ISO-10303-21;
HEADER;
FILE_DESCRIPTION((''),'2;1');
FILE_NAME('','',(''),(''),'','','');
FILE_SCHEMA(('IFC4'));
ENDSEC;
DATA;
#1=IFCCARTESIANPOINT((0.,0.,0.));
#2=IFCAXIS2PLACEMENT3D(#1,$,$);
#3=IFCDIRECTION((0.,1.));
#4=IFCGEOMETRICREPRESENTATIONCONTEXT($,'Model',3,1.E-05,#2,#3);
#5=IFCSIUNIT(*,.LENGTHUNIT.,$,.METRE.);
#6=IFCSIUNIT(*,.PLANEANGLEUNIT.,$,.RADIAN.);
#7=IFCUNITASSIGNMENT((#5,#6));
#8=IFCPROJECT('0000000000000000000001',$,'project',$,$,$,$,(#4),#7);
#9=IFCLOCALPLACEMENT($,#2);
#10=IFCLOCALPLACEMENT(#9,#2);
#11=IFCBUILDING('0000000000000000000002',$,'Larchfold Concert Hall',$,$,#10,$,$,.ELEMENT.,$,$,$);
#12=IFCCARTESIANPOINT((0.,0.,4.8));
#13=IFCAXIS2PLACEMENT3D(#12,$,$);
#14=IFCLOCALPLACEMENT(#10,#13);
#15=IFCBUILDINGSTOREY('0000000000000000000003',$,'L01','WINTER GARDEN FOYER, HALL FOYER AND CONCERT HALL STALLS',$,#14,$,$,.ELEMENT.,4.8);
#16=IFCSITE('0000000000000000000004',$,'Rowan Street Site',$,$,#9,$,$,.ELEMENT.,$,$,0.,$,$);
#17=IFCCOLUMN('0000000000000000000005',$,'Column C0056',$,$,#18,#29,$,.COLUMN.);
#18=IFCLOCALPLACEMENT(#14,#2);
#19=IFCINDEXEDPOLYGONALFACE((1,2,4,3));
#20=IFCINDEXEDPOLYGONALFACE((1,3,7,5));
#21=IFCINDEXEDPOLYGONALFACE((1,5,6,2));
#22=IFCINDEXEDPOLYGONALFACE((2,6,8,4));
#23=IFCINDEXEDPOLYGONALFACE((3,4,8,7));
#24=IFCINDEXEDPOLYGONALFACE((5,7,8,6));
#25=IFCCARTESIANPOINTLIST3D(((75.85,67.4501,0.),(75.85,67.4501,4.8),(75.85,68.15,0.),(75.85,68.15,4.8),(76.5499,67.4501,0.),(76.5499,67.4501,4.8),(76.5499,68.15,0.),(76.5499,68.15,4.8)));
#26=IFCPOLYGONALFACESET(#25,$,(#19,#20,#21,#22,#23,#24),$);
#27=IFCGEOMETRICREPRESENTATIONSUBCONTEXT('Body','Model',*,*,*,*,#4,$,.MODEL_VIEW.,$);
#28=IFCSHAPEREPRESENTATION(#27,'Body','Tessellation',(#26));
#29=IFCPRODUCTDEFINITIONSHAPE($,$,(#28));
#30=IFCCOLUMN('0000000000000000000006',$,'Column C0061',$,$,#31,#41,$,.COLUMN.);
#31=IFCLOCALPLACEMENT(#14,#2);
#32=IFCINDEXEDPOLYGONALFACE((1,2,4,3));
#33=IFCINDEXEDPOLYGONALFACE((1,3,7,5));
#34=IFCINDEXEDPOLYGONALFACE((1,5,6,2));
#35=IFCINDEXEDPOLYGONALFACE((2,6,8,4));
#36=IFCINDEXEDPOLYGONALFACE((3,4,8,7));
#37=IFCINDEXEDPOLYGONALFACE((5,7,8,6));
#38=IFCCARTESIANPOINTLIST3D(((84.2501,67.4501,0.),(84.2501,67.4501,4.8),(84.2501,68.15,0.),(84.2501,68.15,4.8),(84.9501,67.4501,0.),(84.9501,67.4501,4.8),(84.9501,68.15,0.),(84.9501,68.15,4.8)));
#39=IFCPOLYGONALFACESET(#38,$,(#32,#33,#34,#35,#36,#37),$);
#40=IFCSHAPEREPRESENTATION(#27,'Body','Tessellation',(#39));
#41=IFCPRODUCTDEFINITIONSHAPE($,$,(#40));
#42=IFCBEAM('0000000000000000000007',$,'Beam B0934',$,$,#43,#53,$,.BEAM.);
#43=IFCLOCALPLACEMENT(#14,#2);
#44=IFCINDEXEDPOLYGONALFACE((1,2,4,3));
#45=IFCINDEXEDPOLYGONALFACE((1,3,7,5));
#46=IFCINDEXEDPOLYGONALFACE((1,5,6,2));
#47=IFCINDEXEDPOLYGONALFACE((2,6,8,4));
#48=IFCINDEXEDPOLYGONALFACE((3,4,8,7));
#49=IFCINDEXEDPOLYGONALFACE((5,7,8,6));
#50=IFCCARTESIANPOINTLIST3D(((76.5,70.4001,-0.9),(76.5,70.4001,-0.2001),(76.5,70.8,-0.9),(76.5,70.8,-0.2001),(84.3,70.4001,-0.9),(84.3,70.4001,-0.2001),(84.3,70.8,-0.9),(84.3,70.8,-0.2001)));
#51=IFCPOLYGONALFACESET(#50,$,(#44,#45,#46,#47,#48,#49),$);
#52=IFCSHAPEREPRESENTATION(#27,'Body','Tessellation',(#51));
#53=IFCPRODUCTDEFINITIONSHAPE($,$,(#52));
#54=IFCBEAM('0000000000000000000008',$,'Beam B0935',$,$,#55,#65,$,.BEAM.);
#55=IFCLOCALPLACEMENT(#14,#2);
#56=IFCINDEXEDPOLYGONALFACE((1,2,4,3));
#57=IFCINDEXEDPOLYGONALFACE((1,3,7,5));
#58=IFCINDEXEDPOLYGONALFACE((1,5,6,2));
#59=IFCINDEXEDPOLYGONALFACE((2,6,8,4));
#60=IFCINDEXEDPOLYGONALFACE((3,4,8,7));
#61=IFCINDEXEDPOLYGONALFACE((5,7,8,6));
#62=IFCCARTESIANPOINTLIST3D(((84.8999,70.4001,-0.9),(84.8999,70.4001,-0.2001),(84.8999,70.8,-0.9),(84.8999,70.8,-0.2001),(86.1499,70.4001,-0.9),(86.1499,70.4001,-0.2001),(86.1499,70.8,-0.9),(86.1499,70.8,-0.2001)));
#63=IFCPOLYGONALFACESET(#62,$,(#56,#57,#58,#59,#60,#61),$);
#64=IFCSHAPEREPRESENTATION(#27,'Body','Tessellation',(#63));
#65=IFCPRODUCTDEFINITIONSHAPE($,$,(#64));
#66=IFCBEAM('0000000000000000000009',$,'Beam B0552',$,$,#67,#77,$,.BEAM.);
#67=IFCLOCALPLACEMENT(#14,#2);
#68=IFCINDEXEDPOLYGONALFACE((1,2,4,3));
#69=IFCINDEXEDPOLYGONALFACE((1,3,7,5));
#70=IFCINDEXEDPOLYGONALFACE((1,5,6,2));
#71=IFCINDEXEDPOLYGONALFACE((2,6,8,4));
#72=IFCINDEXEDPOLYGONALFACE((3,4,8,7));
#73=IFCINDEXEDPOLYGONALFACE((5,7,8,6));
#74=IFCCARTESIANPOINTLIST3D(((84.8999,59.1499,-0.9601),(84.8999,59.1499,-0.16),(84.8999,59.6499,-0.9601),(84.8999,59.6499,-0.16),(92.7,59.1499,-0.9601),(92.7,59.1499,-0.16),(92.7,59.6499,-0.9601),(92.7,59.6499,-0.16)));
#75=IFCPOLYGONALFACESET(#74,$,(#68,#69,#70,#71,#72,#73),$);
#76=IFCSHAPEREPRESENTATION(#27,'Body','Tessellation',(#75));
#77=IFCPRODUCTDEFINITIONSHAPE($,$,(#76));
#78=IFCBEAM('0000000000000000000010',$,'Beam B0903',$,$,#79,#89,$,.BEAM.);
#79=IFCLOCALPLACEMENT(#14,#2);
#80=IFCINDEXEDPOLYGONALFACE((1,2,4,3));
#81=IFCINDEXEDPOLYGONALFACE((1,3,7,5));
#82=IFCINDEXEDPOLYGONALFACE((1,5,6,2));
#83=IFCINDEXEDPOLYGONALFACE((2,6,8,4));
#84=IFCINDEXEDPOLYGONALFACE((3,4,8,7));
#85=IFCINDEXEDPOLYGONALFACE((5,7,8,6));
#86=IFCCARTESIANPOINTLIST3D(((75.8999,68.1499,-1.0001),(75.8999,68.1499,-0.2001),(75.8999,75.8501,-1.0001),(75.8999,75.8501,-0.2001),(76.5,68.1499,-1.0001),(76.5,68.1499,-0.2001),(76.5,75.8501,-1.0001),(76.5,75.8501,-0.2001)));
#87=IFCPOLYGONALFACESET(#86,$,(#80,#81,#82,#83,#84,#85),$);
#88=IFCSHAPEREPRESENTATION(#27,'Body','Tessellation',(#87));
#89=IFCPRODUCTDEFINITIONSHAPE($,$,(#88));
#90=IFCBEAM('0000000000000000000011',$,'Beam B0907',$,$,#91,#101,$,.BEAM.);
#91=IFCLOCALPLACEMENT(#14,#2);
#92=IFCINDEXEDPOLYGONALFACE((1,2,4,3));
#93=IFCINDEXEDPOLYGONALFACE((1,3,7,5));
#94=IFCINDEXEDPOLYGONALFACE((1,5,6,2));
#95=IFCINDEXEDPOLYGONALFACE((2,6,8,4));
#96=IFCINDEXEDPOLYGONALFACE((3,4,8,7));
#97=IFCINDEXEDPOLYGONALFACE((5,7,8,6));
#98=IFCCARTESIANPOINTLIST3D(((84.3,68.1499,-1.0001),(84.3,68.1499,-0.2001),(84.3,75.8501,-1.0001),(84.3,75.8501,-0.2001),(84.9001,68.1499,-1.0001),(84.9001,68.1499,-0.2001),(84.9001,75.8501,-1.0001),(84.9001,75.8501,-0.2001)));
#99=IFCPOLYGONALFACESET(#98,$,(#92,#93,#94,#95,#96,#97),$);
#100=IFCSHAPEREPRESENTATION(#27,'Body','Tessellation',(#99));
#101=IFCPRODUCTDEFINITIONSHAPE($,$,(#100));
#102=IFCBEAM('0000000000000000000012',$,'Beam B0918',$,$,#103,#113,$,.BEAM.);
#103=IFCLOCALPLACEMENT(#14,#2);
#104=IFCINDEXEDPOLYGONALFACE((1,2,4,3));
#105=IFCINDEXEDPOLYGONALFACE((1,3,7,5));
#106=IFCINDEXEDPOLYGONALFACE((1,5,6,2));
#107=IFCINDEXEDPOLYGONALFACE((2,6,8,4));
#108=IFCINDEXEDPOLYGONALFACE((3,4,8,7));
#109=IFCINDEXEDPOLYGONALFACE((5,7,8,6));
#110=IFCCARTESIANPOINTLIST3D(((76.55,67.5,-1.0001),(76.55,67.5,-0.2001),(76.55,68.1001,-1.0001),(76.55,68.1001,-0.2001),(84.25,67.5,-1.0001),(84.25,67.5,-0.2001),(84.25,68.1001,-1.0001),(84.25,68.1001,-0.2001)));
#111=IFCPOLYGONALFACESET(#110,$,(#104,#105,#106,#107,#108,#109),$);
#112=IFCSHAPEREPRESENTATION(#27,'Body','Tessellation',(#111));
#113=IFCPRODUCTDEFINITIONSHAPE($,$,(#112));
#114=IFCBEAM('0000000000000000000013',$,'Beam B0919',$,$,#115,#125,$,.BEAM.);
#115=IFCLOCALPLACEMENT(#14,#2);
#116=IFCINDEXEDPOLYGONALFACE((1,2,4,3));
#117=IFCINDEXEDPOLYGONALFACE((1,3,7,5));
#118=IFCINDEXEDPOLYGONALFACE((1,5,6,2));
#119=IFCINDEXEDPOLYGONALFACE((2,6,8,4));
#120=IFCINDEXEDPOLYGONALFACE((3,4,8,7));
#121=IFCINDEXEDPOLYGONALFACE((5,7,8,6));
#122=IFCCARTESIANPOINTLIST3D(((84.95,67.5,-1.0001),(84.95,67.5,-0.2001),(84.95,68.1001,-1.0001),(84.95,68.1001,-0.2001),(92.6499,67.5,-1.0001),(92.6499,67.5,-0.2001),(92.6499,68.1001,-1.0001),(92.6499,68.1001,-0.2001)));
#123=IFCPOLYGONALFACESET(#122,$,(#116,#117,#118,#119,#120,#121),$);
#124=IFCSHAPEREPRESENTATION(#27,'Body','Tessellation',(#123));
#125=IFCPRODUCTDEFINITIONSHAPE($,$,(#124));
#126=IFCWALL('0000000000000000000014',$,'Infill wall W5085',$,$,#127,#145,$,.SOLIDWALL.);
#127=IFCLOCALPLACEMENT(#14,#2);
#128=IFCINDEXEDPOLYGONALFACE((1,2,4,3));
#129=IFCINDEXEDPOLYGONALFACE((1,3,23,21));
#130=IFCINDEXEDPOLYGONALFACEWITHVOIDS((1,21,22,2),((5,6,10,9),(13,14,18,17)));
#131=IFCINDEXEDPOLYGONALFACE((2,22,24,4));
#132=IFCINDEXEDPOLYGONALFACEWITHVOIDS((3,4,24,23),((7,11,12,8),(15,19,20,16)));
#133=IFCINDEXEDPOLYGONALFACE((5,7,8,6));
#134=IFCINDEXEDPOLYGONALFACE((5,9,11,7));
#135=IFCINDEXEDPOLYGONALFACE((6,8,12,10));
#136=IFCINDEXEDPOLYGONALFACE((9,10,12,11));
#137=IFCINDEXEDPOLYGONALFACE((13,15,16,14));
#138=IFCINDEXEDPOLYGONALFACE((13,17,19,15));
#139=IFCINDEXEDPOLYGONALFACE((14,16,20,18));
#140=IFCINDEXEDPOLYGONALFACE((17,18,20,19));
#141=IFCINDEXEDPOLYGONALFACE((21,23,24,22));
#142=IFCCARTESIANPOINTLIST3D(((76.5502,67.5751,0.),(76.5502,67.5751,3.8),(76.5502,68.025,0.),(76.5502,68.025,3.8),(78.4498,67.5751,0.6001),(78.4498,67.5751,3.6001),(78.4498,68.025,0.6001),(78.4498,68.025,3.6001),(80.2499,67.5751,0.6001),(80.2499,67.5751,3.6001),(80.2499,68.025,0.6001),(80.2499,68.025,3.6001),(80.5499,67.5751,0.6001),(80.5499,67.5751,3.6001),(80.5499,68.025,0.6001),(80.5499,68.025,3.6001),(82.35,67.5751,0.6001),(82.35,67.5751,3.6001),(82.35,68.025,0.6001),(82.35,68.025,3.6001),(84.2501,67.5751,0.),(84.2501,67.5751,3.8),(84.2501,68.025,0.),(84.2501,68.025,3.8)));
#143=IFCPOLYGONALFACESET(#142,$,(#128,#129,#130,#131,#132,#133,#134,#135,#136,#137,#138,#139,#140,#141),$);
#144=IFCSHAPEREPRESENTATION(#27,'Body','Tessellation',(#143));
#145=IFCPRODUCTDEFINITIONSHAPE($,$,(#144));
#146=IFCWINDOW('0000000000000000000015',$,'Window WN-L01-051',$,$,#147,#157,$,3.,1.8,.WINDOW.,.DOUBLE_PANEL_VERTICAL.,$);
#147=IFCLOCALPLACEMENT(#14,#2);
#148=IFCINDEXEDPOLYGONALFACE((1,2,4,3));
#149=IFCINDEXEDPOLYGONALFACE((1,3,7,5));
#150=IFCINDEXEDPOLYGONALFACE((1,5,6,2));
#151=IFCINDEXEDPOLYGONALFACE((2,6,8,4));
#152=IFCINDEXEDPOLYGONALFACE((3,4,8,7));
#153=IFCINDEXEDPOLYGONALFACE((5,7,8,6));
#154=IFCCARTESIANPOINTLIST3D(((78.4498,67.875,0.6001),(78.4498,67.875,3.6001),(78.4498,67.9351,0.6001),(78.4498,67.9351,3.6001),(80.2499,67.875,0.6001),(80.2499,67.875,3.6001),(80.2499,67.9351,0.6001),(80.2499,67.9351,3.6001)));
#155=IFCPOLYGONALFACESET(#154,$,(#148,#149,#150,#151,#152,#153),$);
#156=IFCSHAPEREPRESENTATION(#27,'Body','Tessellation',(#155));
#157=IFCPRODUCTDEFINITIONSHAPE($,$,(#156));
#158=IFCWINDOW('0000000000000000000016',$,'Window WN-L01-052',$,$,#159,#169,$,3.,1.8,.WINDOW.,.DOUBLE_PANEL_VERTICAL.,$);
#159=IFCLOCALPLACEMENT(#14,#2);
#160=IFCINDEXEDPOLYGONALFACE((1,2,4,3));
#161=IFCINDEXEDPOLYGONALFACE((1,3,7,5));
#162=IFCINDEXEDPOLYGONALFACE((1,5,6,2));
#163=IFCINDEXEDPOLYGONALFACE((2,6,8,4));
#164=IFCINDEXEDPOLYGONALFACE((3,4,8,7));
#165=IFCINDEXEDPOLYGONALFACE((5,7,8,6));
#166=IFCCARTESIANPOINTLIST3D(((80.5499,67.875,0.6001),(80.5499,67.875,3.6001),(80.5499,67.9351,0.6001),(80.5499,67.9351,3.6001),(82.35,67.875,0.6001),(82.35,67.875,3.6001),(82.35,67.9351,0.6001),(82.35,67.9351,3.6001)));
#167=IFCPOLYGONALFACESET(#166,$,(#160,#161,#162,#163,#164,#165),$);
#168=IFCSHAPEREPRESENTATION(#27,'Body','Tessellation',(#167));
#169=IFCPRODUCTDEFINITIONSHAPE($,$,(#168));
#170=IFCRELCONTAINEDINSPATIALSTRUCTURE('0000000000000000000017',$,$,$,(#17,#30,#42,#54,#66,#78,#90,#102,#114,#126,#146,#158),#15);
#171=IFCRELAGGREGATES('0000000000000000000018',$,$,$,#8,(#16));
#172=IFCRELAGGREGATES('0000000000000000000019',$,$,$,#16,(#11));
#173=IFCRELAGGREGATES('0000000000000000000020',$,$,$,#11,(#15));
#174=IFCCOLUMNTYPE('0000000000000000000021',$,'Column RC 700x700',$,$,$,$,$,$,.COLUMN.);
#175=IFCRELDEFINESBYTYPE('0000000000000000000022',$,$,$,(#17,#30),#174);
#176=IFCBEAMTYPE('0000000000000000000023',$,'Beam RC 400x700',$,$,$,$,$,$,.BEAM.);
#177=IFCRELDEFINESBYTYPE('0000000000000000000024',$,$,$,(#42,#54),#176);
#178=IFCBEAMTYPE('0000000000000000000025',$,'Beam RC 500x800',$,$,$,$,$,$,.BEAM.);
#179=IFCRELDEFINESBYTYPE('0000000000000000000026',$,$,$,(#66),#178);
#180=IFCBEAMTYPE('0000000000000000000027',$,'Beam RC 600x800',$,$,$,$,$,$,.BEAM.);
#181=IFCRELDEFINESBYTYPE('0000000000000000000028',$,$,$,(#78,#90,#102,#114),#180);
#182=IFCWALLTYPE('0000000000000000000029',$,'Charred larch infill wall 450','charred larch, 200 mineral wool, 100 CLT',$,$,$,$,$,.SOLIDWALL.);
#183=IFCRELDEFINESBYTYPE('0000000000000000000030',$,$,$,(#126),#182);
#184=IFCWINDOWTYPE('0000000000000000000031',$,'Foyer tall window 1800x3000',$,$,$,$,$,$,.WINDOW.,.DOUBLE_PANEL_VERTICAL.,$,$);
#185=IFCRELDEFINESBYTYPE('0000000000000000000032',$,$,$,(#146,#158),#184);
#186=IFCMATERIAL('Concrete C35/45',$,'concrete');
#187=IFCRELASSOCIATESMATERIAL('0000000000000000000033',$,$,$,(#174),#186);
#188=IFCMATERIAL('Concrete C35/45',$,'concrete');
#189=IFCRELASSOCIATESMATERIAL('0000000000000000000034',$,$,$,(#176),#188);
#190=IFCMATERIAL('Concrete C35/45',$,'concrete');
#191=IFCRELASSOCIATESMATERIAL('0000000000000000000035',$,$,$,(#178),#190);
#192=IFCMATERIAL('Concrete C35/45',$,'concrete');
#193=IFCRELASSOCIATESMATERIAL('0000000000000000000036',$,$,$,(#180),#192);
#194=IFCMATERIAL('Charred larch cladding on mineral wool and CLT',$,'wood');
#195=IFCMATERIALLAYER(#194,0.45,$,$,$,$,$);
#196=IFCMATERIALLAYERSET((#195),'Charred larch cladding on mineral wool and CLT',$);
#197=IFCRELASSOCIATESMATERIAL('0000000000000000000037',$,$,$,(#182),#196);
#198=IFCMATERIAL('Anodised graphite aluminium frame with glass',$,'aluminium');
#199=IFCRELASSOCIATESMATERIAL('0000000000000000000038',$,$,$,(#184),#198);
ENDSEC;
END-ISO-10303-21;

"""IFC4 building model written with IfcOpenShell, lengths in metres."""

from ifc_helpers import new_model, si_unit, direction, frame, frame_2d, origin, origin_2d, place, context, subcontext, project, spatial, rectangle, extrude, material, layer, layer_set, material_profile, profile_set, type_object, element, fill, save


model = new_model("IFC4")

# Units and contexts
model_context = context("Model", 3, precision=1e-05, world=origin(), true_north=direction((0.0, 1.0)))
body_context = subcontext(model_context, "Body", "Model", "MODEL_VIEW")
ifc_project = project(units=[si_unit("LENGTHUNIT", "METRE"), si_unit("PLANEANGLEUNIT", "RADIAN")], contexts=[model_context])

# Site, building, storey
site_placement = place(None, origin())
site = spatial("IfcSite", under=ifc_project, at=site_placement, Name="Rowan Street Site", CompositionType="ELEMENT", RefElevation=0.0)
building_placement = place(site_placement, origin())
building = spatial("IfcBuilding", under=site, at=building_placement, Name="Larchfold Concert Hall", CompositionType="ELEMENT")
storey_placement = place(building_placement, frame((0.0, 0.0, 4.8)))
storey = spatial("IfcBuildingStorey", under=building, at=storey_placement, Name="L01", Description="WINTER GARDEN FOYER, HALL FOYER AND CONCERT HALL STALLS", CompositionType="ELEMENT", Elevation=4.8)

# Columns
ifc_material_1 = material(Name="Concrete C35/45", Category="concrete")
ifc_material_profile_1 = material_profile(ifc_material_1, rectangle(XDim=0.7, YDim=0.7, at=origin_2d()))
ifc_profile_set_1 = profile_set([ifc_material_profile_1], Name="Concrete C35/45")
column_type = type_object("IfcColumnType", Name="Column RC 700x700", PredefinedType="COLUMN", material=ifc_profile_set_1)
for number, where, z_axis, x_axis, name in (
    (1, (76.2, 67.8, 0.0), (0.0, 0.0, 1.0), (1.0, 0.0, 0.0), "Column C0056"),
    (2, (84.6001, 67.8, 0.0), (0.0, 0.0, 1.0), (1.0, 0.0, 0.0), "Column C0061"),
):
    element("IfcColumn", number, at=place(storey_placement, frame(where, z_axis=z_axis, x_axis=x_axis)), inside=storey, type_object=column_type, Name=name, PredefinedType="COLUMN", context=body_context, shape_type="SweptSolid", body=[
        extrude(rectangle(XDim=0.7, YDim=0.7, at=origin_2d()), origin(), (0.0, 0.0, 1.0), 4.8),
    ])

# Beams
ifc_material_2 = material(Name="Concrete C35/45", Category="concrete")
ifc_material_profile_2 = material_profile(ifc_material_2, rectangle(XDim=0.3999, YDim=0.7, at=origin_2d()))
ifc_profile_set_2 = profile_set([ifc_material_profile_2], Name="Concrete C35/45")
beam_type_1 = type_object("IfcBeamType", Name="Beam RC 400x700", PredefinedType="BEAM", material=ifc_profile_set_2)
beam_1_placement = place(storey_placement, frame((76.5, 70.6001, -0.55), z_axis=(1.0, 0.0, 0.0), x_axis=(0.0, 1.0, 0.0)))
element("IfcBeam", 3, at=beam_1_placement, inside=storey, type_object=beam_type_1, Name="Beam B0934", PredefinedType="BEAM", context=body_context, shape_type="SweptSolid", body=[
    extrude(rectangle(XDim=0.3999, YDim=0.7, at=origin_2d()), origin(), (0.0, 0.0, 1.0), 7.8),
])
beam_2_placement = place(storey_placement, frame((84.8999, 70.6001, -0.55), z_axis=(1.0, 0.0, 0.0), x_axis=(0.0, 1.0, 0.0)))
element("IfcBeam", 4, at=beam_2_placement, inside=storey, type_object=beam_type_1, Name="Beam B0935", PredefinedType="BEAM", context=body_context, shape_type="SweptSolid", body=[
    extrude(rectangle(XDim=0.3999, YDim=0.7, at=origin_2d()), origin(), (0.0, 0.0, 1.0), 1.25),
])
ifc_material_3 = material(Name="Concrete C35/45", Category="concrete")
ifc_material_profile_3 = material_profile(ifc_material_3, rectangle(XDim=0.5, YDim=0.8, at=origin_2d()))
ifc_profile_set_3 = profile_set([ifc_material_profile_3], Name="Concrete C35/45")
beam_type_2 = type_object("IfcBeamType", Name="Beam RC 500x800", PredefinedType="BEAM", material=ifc_profile_set_3)
beam_3_placement = place(storey_placement, frame((84.8999, 59.3999, -0.5601), z_axis=(1.0, 0.0, 0.0), x_axis=(0.0, 1.0, 0.0)))
element("IfcBeam", 5, at=beam_3_placement, inside=storey, type_object=beam_type_2, Name="Beam B0552", PredefinedType="BEAM", context=body_context, shape_type="SweptSolid", body=[
    extrude(rectangle(XDim=0.5, YDim=0.8, at=origin_2d()), origin(), (0.0, 0.0, 1.0), 7.8),
])
ifc_material_4 = material(Name="Concrete C35/45", Category="concrete")
ifc_material_profile_4 = material_profile(ifc_material_4, rectangle(XDim=0.6001, YDim=0.8, at=origin_2d()))
ifc_profile_set_4 = profile_set([ifc_material_profile_4], Name="Concrete C35/45")
beam_type_3 = type_object("IfcBeamType", Name="Beam RC 600x800", PredefinedType="BEAM", material=ifc_profile_set_4)
for number, where, z_axis, x_axis, name in (
    (6, (76.2, 68.1499, -0.6001), (0.0, 1.0, 0.0), (-1.0, 0.0, 0.0), "Beam B0903"),
    (7, (84.6001, 68.1499, -0.6001), (0.0, 1.0, 0.0), (-1.0, 0.0, 0.0), "Beam B0907"),
):
    element("IfcBeam", number, at=place(storey_placement, frame(where, z_axis=z_axis, x_axis=x_axis)), inside=storey, type_object=beam_type_3, Name=name, PredefinedType="BEAM", context=body_context, shape_type="SweptSolid", body=[
        extrude(rectangle(XDim=0.6001, YDim=0.8, at=origin_2d()), origin(), (0.0, 0.0, 1.0), 7.7002),
    ])
for number, where, z_axis, x_axis, name in (
    (8, (76.55, 67.8, -0.6001), (1.0, 0.0, 0.0), (0.0, 1.0, 0.0), "Beam B0918"),
    (9, (84.95, 67.8, -0.6001), (1.0, 0.0, 0.0), (0.0, 1.0, 0.0), "Beam B0919"),
):
    element("IfcBeam", number, at=place(storey_placement, frame(where, z_axis=z_axis, x_axis=x_axis)), inside=storey, type_object=beam_type_3, Name=name, PredefinedType="BEAM", context=body_context, shape_type="SweptSolid", body=[
        extrude(rectangle(XDim=0.6001, YDim=0.8, at=origin_2d()), origin(), (0.0, 0.0, 1.0), 7.7),
    ])

# Wall, openings, windows
ifc_material_5 = material(Name="Charred larch cladding on mineral wool and CLT", Category="wood")
ifc_layer_1 = layer(ifc_material_5, 0.45)
ifc_layer_set_1 = layer_set([ifc_layer_1], Name="Charred larch cladding on mineral wool and CLT")
wall_type_1 = type_object("IfcWallType", Name="Charred larch infill wall 450", Description="charred larch, 200 mineral wool, 100 CLT", PredefinedType="SOLIDWALL", material=ifc_layer_set_1)
wall_1_placement = place(storey_placement, frame((76.55, 67.8, 0.0), z_axis=(0.0, 0.0, 1.0), x_axis=(1.0, 0.0, 0.0)))
wall_1 = element("IfcWall", 10, at=wall_1_placement, inside=storey, type_object=wall_type_1, Name="Infill wall W5085", PredefinedType="SOLIDWALL", context=body_context, shape_type="SweptSolid", body=[
    extrude(rectangle(XDim=7.7, YDim=0.45, at=frame_2d((3.8501, 0.0))), origin(), (0.0, 0.0, 1.0), 3.8),
])
opening_1_placement = place(wall_1_placement, frame((1.8999, 0.0, 0.6001)))
opening_1 = element("IfcOpeningElement", 11, at=opening_1_placement, cuts=wall_1, PredefinedType="OPENING", context=body_context, shape_type="SweptSolid", body=[
    extrude(rectangle(XDim=1.8, YDim=3.0, at=frame_2d((0.8999, 1.5))), frame((0.0, 0.2349, 0.0), z_axis=(0.0, -1.0, 0.0), x_axis=(1.0, 0.0, 0.0)), (0.0, 0.0, 1.0), 0.47),
])
opening_2_placement = place(wall_1_placement, frame((4.0, 0.0, 0.6001)))
opening_2 = element("IfcOpeningElement", 12, at=opening_2_placement, cuts=wall_1, PredefinedType="OPENING", context=body_context, shape_type="SweptSolid", body=[
    extrude(rectangle(XDim=1.8, YDim=3.0, at=frame_2d((0.8999, 1.5))), frame((0.0, 0.2349, 0.0), z_axis=(0.0, -1.0, 0.0), x_axis=(1.0, 0.0, 0.0)), (0.0, 0.0, 1.0), 0.47),
])
ifc_material_6 = material(Name="Anodised graphite aluminium frame with glass", Category="aluminium")
window_type_1 = type_object("IfcWindowType", Name="Foyer tall window 1800x3000", PartitioningType="DOUBLE_PANEL_VERTICAL", PredefinedType="WINDOW", material=ifc_material_6)
window_1_placement = place(opening_1_placement, origin())
window_1 = element("IfcWindow", 13, at=window_1_placement, inside=storey, type_object=window_type_1, Name="Window WN-L01-051", OverallHeight=3.0, OverallWidth=1.8, PartitioningType="DOUBLE_PANEL_VERTICAL", PredefinedType="WINDOW", context=body_context, shape_type="SweptSolid", body=[
    extrude(rectangle(XDim=1.8, YDim=3.0, at=frame_2d((0.8999, 1.5))), frame((0.0, 0.135, 0.0), z_axis=(0.0, -1.0, 0.0), x_axis=(1.0, 0.0, 0.0)), (0.0, 0.0, 1.0), 0.0601),
])
fill(opening_1, window_1)
window_2_placement = place(opening_2_placement, origin())
window_2 = element("IfcWindow", 14, at=window_2_placement, inside=storey, type_object=window_type_1, Name="Window WN-L01-052", OverallHeight=3.0, OverallWidth=1.8, PartitioningType="DOUBLE_PANEL_VERTICAL", PredefinedType="WINDOW", context=body_context, shape_type="SweptSolid", body=[
    extrude(rectangle(XDim=1.8, YDim=3.0, at=frame_2d((0.8999, 1.5))), frame((0.0, 0.135, 0.0), z_axis=(0.0, -1.0, 0.0), x_axis=(1.0, 0.0, 0.0)), (0.0, 0.0, 1.0), 0.0601),
])
fill(opening_2, window_2)

save(model, "model.ifc")
